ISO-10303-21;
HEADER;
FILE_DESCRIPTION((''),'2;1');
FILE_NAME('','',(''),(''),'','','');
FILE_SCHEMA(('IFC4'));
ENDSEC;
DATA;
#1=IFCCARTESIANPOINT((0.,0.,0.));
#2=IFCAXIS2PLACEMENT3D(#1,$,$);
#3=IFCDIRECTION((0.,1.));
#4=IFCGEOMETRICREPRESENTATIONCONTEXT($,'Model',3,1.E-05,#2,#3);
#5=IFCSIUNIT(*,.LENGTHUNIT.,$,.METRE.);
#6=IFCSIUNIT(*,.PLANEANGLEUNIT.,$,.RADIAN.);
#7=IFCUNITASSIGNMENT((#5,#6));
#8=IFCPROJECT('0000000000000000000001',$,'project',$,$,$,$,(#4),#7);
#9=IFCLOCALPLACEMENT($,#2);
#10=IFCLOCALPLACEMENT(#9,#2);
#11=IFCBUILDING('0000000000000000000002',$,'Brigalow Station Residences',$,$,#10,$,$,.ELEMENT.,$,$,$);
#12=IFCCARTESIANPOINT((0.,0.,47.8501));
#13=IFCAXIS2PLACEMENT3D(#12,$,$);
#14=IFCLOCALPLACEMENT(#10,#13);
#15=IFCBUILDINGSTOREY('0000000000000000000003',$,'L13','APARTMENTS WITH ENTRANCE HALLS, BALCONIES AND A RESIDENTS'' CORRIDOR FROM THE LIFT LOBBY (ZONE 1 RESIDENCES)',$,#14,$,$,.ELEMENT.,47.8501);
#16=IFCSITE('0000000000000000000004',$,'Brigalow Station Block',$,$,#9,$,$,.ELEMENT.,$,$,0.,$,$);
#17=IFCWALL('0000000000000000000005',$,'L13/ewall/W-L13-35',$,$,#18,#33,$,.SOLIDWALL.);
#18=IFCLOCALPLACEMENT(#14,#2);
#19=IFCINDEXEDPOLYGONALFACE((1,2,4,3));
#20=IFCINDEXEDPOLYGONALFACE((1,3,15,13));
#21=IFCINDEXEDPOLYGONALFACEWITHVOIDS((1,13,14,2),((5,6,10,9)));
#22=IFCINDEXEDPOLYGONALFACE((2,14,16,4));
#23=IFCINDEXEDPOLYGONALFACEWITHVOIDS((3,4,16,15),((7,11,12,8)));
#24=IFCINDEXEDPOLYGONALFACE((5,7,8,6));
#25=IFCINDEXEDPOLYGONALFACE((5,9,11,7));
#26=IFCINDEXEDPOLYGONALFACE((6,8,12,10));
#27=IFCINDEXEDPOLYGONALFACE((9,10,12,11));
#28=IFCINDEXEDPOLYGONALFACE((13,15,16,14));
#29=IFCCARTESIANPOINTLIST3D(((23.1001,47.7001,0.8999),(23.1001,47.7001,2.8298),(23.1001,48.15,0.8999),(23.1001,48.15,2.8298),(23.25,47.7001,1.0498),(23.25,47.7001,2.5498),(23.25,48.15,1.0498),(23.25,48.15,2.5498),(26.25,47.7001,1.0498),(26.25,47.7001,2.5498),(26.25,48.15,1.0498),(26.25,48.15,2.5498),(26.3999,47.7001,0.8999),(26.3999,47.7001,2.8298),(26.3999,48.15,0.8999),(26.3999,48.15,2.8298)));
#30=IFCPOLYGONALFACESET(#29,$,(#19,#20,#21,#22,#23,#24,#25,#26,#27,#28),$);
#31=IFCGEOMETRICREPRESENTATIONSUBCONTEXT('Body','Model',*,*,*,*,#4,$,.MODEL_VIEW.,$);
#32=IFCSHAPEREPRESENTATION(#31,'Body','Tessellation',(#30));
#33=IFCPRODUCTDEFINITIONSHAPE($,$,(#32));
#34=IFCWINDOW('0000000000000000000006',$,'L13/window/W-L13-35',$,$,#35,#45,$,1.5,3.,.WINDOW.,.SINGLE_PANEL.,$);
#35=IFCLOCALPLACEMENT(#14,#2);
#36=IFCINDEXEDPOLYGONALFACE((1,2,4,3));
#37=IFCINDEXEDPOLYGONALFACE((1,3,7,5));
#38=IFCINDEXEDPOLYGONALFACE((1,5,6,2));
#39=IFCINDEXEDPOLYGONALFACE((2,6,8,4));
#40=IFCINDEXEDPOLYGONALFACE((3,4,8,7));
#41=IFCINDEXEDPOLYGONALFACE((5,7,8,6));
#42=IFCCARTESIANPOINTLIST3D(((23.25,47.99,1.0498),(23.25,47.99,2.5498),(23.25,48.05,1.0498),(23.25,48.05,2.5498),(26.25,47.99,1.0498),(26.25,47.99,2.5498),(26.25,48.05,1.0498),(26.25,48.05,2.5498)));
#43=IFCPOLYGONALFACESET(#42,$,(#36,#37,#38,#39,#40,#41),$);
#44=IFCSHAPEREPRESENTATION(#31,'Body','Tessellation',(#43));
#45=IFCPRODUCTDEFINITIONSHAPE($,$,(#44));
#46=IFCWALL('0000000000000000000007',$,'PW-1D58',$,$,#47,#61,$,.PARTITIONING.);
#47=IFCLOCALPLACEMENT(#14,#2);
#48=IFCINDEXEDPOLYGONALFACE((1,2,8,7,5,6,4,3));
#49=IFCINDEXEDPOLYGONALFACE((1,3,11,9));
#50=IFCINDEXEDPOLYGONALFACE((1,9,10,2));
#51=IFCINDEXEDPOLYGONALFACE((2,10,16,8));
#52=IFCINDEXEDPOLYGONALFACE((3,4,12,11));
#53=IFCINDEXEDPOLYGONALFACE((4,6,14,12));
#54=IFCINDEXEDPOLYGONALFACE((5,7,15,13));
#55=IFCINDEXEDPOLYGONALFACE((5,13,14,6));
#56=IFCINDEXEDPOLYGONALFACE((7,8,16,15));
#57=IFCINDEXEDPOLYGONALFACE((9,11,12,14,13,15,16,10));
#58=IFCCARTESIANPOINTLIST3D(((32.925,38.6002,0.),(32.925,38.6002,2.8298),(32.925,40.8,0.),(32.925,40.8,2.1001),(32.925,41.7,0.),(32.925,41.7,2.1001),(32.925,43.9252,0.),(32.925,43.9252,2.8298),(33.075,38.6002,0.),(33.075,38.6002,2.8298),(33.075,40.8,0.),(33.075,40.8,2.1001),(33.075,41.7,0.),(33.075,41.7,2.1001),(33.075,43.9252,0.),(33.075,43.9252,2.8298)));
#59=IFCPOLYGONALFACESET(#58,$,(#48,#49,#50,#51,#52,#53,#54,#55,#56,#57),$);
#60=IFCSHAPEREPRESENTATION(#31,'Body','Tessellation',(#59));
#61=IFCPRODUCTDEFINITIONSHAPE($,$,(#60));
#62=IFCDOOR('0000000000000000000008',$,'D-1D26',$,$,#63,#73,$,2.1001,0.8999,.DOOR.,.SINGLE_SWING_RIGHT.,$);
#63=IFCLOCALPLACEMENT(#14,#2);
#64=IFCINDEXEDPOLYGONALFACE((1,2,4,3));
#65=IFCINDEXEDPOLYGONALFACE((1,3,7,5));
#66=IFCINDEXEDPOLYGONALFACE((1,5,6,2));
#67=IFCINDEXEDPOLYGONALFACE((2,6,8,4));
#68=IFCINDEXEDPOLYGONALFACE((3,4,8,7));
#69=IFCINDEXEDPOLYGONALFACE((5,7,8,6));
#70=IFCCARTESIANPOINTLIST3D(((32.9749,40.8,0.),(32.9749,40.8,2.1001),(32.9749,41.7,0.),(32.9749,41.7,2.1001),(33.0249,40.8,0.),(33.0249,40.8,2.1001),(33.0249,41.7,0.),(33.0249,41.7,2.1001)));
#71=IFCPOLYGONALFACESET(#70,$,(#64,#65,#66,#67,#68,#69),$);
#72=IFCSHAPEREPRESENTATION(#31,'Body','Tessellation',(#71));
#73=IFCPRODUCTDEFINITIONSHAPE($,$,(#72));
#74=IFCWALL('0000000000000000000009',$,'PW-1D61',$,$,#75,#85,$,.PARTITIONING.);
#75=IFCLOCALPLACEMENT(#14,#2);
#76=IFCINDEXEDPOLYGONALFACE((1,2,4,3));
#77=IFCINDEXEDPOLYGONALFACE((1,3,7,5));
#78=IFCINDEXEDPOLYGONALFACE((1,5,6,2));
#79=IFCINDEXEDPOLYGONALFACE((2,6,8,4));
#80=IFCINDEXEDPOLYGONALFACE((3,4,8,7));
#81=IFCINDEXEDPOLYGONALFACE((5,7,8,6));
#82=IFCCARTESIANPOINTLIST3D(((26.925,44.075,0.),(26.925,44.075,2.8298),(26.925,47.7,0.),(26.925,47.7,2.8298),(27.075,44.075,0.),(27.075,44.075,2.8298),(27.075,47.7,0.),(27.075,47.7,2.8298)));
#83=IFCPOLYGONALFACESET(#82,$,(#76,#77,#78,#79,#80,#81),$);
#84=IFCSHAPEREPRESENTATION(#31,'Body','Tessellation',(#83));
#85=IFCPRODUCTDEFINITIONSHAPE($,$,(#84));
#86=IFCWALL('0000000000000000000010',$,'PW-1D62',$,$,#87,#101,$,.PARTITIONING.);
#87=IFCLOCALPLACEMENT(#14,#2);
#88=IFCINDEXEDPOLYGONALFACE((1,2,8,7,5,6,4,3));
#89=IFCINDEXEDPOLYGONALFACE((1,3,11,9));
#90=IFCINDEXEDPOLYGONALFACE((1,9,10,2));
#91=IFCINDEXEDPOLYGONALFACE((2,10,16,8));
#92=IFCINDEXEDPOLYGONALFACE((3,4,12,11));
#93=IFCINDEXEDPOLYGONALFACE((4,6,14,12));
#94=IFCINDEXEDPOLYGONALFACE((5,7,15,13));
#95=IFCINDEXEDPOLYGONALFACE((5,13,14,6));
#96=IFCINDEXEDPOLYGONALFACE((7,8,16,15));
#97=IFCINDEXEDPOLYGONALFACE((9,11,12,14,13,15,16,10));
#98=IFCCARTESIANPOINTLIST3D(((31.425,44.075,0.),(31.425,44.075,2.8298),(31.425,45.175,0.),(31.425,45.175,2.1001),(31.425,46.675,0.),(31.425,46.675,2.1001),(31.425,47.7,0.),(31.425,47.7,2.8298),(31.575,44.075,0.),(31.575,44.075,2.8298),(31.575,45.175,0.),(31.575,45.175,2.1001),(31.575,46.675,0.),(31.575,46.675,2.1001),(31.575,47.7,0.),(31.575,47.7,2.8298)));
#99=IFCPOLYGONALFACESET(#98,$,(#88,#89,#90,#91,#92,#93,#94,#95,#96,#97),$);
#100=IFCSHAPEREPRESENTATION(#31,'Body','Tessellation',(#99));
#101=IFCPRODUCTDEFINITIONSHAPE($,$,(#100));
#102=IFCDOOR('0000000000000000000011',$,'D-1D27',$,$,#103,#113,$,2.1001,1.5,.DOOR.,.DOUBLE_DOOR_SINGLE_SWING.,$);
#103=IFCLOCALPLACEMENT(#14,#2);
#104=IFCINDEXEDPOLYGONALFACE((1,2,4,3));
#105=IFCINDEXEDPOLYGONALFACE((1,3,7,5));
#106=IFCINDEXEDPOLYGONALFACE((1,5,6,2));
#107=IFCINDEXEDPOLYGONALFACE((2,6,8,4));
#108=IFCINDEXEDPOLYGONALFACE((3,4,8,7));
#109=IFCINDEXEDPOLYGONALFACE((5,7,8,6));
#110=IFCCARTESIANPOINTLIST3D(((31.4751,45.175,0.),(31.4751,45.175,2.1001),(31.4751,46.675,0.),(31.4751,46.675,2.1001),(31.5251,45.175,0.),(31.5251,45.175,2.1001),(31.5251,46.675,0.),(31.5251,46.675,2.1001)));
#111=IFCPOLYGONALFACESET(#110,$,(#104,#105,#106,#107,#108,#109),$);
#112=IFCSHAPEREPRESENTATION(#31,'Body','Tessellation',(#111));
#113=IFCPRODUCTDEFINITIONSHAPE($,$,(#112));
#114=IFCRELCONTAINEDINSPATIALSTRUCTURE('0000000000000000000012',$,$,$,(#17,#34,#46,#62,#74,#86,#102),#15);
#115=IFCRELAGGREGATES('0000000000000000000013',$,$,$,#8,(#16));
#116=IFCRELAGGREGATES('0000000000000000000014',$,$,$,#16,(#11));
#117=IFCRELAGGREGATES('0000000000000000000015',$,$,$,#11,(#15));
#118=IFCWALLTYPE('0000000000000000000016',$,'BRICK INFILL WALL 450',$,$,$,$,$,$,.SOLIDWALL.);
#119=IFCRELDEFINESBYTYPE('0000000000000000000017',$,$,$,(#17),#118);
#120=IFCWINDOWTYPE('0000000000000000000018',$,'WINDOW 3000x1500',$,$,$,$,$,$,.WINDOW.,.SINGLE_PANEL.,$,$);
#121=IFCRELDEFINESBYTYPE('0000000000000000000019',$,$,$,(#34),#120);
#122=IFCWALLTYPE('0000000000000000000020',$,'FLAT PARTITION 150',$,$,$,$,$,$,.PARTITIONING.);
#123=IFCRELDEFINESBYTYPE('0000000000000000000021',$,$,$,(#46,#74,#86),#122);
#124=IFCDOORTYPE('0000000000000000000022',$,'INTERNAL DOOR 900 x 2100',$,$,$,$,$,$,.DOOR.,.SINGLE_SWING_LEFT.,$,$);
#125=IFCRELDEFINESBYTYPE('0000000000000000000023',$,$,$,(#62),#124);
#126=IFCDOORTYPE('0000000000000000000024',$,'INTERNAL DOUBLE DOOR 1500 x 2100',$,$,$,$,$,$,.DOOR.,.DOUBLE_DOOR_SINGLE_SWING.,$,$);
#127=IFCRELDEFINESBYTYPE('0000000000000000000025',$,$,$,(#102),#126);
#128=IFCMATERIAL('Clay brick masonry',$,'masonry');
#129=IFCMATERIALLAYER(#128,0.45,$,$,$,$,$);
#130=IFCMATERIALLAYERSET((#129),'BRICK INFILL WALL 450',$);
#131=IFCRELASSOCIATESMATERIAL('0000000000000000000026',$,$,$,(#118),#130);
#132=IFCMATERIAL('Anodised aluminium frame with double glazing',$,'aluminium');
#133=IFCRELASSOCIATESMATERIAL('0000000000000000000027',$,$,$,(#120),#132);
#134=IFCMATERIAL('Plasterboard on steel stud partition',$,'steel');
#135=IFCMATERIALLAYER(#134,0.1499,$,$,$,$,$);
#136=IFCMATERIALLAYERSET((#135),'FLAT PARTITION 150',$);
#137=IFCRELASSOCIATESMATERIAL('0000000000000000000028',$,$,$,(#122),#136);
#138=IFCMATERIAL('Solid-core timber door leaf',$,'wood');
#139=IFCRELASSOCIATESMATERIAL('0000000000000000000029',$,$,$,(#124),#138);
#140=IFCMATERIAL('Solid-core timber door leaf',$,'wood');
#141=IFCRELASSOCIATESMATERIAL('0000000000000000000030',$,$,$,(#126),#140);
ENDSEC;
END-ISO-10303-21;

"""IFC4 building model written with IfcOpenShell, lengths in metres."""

from ifc_helpers import new_model, si_unit, direction, frame, frame_2d, origin, place, context, subcontext, project, spatial, rectangle, extrude, material, layer, layer_set, type_object, element, fill, save


model = new_model("IFC4")

# Units and contexts
model_context = context("Model", 3, precision=1e-05, world=origin(), true_north=direction((0.0, 1.0)))
body_context = subcontext(model_context, "Body", "Model", "MODEL_VIEW")
ifc_project = project(units=[si_unit("LENGTHUNIT", "METRE"), si_unit("PLANEANGLEUNIT", "RADIAN")], contexts=[model_context])

# Site, building, storey
site_placement = place(None, origin())
site = spatial("IfcSite", under=ifc_project, at=site_placement, Name="Brigalow Station Block", CompositionType="ELEMENT", RefElevation=0.0)
building_placement = place(site_placement, origin())
building = spatial("IfcBuilding", under=site, at=building_placement, Name="Brigalow Station Residences", CompositionType="ELEMENT")
storey_placement = place(building_placement, frame((0.0, 0.0, 47.8501)))
storey = spatial("IfcBuildingStorey", under=building, at=storey_placement, Name="L13", Description="APARTMENTS WITH ENTRANCE HALLS, BALCONIES AND A RESIDENTS' CORRIDOR FROM THE LIFT LOBBY (ZONE 1 RESIDENCES)", CompositionType="ELEMENT", Elevation=47.8501)

# Shared definitions
ifc_material_1 = material(Name="Clay brick masonry", Category="masonry")
ifc_layer_1 = layer(ifc_material_1, 0.45)
ifc_layer_set_1 = layer_set([ifc_layer_1], Name="BRICK INFILL WALL 450")
wall_type_1 = type_object("IfcWallType", Name="BRICK INFILL WALL 450", PredefinedType="SOLIDWALL", material=ifc_layer_set_1)

# Wall, opening, window
wall_1_placement = place(storey_placement, frame((26.3999, 47.925, 0.8999), z_axis=(0.0, 0.0, 1.0), x_axis=(-1.0, 0.0, 0.0)))
wall_1 = element("IfcWall", 1, at=wall_1_placement, inside=storey, type_object=wall_type_1, Name="L13/ewall/W-L13-35", PredefinedType="SOLIDWALL", context=body_context, shape_type="SweptSolid", body=[
    extrude(rectangle(XDim=3.2998, YDim=0.45, at=frame_2d((1.6499, 0.0))), origin(), (0.0, 0.0, 1.0), 1.9299),
])
opening_1_placement = place(wall_1_placement, frame((0.1499, 0.0, 0.1499)))
opening_1 = element("IfcOpeningElement", 2, at=opening_1_placement, cuts=wall_1, PredefinedType="OPENING", context=body_context, shape_type="SweptSolid", body=[
    extrude(rectangle(XDim=3.0, YDim=1.5, at=frame_2d((1.5, 0.75))), frame((0.0, 0.2349, 0.0), z_axis=(0.0, -1.0, 0.0), x_axis=(1.0, 0.0, 0.0)), (0.0, 0.0, 1.0), 0.47),
])
ifc_material_2 = material(Name="Anodised aluminium frame with double glazing", Category="aluminium")
window_type = type_object("IfcWindowType", Name="WINDOW 3000x1500", PartitioningType="SINGLE_PANEL", PredefinedType="WINDOW", material=ifc_material_2)
window_placement = place(opening_1_placement, origin())
window = element("IfcWindow", 3, at=window_placement, inside=storey, type_object=window_type, Name="L13/window/W-L13-35", OverallHeight=1.5, OverallWidth=3.0, PartitioningType="SINGLE_PANEL", PredefinedType="WINDOW", context=body_context, shape_type="SweptSolid", body=[
    extrude(rectangle(XDim=3.0, YDim=1.5, at=frame_2d((1.5, 0.75))), frame((0.0, -0.0649, 0.0), z_axis=(0.0, -1.0, 0.0), x_axis=(1.0, 0.0, 0.0)), (0.0, 0.0, 1.0), 0.0601),
])
fill(opening_1, window)

# Wall, opening, door
ifc_material_3 = material(Name="Plasterboard on steel stud partition", Category="steel")
ifc_layer_2 = layer(ifc_material_3, 0.1499)
ifc_layer_set_2 = layer_set([ifc_layer_2], Name="FLAT PARTITION 150")
wall_type_2 = type_object("IfcWallType", Name="FLAT PARTITION 150", PredefinedType="PARTITIONING", material=ifc_layer_set_2)
wall_2_placement = place(storey_placement, frame((33.0, 38.6001, 0.0), z_axis=(0.0, 0.0, 1.0), x_axis=(0.0, 1.0, 0.0)))
wall_2 = element("IfcWall", 4, at=wall_2_placement, inside=storey, type_object=wall_type_2, Name="PW-1D58", PredefinedType="PARTITIONING", context=body_context, shape_type="SweptSolid", body=[
    extrude(rectangle(XDim=5.325, YDim=0.1499, at=frame_2d((2.6626, 0.0))), origin(), (0.0, 0.0, 1.0), 2.8298),
])
opening_2_placement = place(wall_2_placement, frame((2.2, 0.0, 0.0)))
opening_2 = element("IfcOpeningElement", 5, at=opening_2_placement, cuts=wall_2, PredefinedType="OPENING", context=body_context, shape_type="SweptSolid", body=[
    extrude(rectangle(XDim=0.8999, YDim=2.1001, at=frame_2d((0.45, 1.05))), frame((0.0, 0.085, 0.0), z_axis=(0.0, -1.0, 0.0), x_axis=(1.0, 0.0, 0.0)), (0.0, 0.0, 1.0), 0.1699),
])
ifc_material_4 = material(Name="Solid-core timber door leaf", Category="wood")
door_type_1 = type_object("IfcDoorType", Name="INTERNAL DOOR 900 x 2100", OperationType="SINGLE_SWING_LEFT", PredefinedType="DOOR", material=ifc_material_4)
door_1_placement = place(opening_2_placement, frame((0.8999, 0.0, 0.0), z_axis=(0.0, 0.0, 1.0), x_axis=(-1.0, 0.0, 0.0)))
door_1 = element("IfcDoor", 6, at=door_1_placement, inside=storey, type_object=door_type_1, Name="D-1D26", OperationType="SINGLE_SWING_RIGHT", OverallHeight=2.1001, OverallWidth=0.8999, PredefinedType="DOOR", context=body_context, shape_type="SweptSolid", body=[
    extrude(rectangle(XDim=0.8999, YDim=2.1001, at=frame_2d((0.45, 1.05))), frame((0.0, 0.0249, 0.0), z_axis=(0.0, -1.0, 0.0), x_axis=(1.0, 0.0, 0.0)), (0.0, 0.0, 1.0), 0.05),
])
fill(opening_2, door_1)

# Wall
wall_3_placement = place(storey_placement, frame((27.0, 44.075, 0.0), z_axis=(0.0, 0.0, 1.0), x_axis=(0.0, 1.0, 0.0)))
element("IfcWall", 7, at=wall_3_placement, inside=storey, type_object=wall_type_2, Name="PW-1D61", PredefinedType="PARTITIONING", context=body_context, shape_type="SweptSolid", body=[
    extrude(rectangle(XDim=3.625, YDim=0.1499, at=frame_2d((1.8125, 0.0))), origin(), (0.0, 0.0, 1.0), 2.8298),
])

# Wall, opening, door
wall_4_placement = place(storey_placement, frame((31.5, 44.075, 0.0), z_axis=(0.0, 0.0, 1.0), x_axis=(0.0, 1.0, 0.0)))
wall_4 = element("IfcWall", 8, at=wall_4_placement, inside=storey, type_object=wall_type_2, Name="PW-1D62", PredefinedType="PARTITIONING", context=body_context, shape_type="SweptSolid", body=[
    extrude(rectangle(XDim=3.625, YDim=0.1499, at=frame_2d((1.8125, 0.0))), origin(), (0.0, 0.0, 1.0), 2.8298),
])
opening_3_placement = place(wall_4_placement, frame((1.1001, 0.0, 0.0)))
opening_3 = element("IfcOpeningElement", 9, at=opening_3_placement, cuts=wall_4, PredefinedType="OPENING", context=body_context, shape_type="SweptSolid", body=[
    extrude(rectangle(XDim=1.5, YDim=2.1001, at=frame_2d((0.75, 1.05))), frame((0.0, 0.085, 0.0), z_axis=(0.0, -1.0, 0.0), x_axis=(1.0, 0.0, 0.0)), (0.0, 0.0, 1.0), 0.1699),
])
ifc_material_5 = material(Name="Solid-core timber door leaf", Category="wood")
door_type_2 = type_object("IfcDoorType", Name="INTERNAL DOUBLE DOOR 1500 x 2100", OperationType="DOUBLE_DOOR_SINGLE_SWING", PredefinedType="DOOR", material=ifc_material_5)
door_2_placement = place(opening_3_placement, origin())
door_2 = element("IfcDoor", 10, at=door_2_placement, inside=storey, type_object=door_type_2, Name="D-1D27", OperationType="DOUBLE_DOOR_SINGLE_SWING", OverallHeight=2.1001, OverallWidth=1.5, PredefinedType="DOOR", context=body_context, shape_type="SweptSolid", body=[
    extrude(rectangle(XDim=1.5, YDim=2.1001, at=frame_2d((0.75, 1.05))), frame((0.0, 0.0249, 0.0), z_axis=(0.0, -1.0, 0.0), x_axis=(1.0, 0.0, 0.0)), (0.0, 0.0, 1.0), 0.05),
])
fill(opening_3, door_2)

save(model, "model.ifc")
